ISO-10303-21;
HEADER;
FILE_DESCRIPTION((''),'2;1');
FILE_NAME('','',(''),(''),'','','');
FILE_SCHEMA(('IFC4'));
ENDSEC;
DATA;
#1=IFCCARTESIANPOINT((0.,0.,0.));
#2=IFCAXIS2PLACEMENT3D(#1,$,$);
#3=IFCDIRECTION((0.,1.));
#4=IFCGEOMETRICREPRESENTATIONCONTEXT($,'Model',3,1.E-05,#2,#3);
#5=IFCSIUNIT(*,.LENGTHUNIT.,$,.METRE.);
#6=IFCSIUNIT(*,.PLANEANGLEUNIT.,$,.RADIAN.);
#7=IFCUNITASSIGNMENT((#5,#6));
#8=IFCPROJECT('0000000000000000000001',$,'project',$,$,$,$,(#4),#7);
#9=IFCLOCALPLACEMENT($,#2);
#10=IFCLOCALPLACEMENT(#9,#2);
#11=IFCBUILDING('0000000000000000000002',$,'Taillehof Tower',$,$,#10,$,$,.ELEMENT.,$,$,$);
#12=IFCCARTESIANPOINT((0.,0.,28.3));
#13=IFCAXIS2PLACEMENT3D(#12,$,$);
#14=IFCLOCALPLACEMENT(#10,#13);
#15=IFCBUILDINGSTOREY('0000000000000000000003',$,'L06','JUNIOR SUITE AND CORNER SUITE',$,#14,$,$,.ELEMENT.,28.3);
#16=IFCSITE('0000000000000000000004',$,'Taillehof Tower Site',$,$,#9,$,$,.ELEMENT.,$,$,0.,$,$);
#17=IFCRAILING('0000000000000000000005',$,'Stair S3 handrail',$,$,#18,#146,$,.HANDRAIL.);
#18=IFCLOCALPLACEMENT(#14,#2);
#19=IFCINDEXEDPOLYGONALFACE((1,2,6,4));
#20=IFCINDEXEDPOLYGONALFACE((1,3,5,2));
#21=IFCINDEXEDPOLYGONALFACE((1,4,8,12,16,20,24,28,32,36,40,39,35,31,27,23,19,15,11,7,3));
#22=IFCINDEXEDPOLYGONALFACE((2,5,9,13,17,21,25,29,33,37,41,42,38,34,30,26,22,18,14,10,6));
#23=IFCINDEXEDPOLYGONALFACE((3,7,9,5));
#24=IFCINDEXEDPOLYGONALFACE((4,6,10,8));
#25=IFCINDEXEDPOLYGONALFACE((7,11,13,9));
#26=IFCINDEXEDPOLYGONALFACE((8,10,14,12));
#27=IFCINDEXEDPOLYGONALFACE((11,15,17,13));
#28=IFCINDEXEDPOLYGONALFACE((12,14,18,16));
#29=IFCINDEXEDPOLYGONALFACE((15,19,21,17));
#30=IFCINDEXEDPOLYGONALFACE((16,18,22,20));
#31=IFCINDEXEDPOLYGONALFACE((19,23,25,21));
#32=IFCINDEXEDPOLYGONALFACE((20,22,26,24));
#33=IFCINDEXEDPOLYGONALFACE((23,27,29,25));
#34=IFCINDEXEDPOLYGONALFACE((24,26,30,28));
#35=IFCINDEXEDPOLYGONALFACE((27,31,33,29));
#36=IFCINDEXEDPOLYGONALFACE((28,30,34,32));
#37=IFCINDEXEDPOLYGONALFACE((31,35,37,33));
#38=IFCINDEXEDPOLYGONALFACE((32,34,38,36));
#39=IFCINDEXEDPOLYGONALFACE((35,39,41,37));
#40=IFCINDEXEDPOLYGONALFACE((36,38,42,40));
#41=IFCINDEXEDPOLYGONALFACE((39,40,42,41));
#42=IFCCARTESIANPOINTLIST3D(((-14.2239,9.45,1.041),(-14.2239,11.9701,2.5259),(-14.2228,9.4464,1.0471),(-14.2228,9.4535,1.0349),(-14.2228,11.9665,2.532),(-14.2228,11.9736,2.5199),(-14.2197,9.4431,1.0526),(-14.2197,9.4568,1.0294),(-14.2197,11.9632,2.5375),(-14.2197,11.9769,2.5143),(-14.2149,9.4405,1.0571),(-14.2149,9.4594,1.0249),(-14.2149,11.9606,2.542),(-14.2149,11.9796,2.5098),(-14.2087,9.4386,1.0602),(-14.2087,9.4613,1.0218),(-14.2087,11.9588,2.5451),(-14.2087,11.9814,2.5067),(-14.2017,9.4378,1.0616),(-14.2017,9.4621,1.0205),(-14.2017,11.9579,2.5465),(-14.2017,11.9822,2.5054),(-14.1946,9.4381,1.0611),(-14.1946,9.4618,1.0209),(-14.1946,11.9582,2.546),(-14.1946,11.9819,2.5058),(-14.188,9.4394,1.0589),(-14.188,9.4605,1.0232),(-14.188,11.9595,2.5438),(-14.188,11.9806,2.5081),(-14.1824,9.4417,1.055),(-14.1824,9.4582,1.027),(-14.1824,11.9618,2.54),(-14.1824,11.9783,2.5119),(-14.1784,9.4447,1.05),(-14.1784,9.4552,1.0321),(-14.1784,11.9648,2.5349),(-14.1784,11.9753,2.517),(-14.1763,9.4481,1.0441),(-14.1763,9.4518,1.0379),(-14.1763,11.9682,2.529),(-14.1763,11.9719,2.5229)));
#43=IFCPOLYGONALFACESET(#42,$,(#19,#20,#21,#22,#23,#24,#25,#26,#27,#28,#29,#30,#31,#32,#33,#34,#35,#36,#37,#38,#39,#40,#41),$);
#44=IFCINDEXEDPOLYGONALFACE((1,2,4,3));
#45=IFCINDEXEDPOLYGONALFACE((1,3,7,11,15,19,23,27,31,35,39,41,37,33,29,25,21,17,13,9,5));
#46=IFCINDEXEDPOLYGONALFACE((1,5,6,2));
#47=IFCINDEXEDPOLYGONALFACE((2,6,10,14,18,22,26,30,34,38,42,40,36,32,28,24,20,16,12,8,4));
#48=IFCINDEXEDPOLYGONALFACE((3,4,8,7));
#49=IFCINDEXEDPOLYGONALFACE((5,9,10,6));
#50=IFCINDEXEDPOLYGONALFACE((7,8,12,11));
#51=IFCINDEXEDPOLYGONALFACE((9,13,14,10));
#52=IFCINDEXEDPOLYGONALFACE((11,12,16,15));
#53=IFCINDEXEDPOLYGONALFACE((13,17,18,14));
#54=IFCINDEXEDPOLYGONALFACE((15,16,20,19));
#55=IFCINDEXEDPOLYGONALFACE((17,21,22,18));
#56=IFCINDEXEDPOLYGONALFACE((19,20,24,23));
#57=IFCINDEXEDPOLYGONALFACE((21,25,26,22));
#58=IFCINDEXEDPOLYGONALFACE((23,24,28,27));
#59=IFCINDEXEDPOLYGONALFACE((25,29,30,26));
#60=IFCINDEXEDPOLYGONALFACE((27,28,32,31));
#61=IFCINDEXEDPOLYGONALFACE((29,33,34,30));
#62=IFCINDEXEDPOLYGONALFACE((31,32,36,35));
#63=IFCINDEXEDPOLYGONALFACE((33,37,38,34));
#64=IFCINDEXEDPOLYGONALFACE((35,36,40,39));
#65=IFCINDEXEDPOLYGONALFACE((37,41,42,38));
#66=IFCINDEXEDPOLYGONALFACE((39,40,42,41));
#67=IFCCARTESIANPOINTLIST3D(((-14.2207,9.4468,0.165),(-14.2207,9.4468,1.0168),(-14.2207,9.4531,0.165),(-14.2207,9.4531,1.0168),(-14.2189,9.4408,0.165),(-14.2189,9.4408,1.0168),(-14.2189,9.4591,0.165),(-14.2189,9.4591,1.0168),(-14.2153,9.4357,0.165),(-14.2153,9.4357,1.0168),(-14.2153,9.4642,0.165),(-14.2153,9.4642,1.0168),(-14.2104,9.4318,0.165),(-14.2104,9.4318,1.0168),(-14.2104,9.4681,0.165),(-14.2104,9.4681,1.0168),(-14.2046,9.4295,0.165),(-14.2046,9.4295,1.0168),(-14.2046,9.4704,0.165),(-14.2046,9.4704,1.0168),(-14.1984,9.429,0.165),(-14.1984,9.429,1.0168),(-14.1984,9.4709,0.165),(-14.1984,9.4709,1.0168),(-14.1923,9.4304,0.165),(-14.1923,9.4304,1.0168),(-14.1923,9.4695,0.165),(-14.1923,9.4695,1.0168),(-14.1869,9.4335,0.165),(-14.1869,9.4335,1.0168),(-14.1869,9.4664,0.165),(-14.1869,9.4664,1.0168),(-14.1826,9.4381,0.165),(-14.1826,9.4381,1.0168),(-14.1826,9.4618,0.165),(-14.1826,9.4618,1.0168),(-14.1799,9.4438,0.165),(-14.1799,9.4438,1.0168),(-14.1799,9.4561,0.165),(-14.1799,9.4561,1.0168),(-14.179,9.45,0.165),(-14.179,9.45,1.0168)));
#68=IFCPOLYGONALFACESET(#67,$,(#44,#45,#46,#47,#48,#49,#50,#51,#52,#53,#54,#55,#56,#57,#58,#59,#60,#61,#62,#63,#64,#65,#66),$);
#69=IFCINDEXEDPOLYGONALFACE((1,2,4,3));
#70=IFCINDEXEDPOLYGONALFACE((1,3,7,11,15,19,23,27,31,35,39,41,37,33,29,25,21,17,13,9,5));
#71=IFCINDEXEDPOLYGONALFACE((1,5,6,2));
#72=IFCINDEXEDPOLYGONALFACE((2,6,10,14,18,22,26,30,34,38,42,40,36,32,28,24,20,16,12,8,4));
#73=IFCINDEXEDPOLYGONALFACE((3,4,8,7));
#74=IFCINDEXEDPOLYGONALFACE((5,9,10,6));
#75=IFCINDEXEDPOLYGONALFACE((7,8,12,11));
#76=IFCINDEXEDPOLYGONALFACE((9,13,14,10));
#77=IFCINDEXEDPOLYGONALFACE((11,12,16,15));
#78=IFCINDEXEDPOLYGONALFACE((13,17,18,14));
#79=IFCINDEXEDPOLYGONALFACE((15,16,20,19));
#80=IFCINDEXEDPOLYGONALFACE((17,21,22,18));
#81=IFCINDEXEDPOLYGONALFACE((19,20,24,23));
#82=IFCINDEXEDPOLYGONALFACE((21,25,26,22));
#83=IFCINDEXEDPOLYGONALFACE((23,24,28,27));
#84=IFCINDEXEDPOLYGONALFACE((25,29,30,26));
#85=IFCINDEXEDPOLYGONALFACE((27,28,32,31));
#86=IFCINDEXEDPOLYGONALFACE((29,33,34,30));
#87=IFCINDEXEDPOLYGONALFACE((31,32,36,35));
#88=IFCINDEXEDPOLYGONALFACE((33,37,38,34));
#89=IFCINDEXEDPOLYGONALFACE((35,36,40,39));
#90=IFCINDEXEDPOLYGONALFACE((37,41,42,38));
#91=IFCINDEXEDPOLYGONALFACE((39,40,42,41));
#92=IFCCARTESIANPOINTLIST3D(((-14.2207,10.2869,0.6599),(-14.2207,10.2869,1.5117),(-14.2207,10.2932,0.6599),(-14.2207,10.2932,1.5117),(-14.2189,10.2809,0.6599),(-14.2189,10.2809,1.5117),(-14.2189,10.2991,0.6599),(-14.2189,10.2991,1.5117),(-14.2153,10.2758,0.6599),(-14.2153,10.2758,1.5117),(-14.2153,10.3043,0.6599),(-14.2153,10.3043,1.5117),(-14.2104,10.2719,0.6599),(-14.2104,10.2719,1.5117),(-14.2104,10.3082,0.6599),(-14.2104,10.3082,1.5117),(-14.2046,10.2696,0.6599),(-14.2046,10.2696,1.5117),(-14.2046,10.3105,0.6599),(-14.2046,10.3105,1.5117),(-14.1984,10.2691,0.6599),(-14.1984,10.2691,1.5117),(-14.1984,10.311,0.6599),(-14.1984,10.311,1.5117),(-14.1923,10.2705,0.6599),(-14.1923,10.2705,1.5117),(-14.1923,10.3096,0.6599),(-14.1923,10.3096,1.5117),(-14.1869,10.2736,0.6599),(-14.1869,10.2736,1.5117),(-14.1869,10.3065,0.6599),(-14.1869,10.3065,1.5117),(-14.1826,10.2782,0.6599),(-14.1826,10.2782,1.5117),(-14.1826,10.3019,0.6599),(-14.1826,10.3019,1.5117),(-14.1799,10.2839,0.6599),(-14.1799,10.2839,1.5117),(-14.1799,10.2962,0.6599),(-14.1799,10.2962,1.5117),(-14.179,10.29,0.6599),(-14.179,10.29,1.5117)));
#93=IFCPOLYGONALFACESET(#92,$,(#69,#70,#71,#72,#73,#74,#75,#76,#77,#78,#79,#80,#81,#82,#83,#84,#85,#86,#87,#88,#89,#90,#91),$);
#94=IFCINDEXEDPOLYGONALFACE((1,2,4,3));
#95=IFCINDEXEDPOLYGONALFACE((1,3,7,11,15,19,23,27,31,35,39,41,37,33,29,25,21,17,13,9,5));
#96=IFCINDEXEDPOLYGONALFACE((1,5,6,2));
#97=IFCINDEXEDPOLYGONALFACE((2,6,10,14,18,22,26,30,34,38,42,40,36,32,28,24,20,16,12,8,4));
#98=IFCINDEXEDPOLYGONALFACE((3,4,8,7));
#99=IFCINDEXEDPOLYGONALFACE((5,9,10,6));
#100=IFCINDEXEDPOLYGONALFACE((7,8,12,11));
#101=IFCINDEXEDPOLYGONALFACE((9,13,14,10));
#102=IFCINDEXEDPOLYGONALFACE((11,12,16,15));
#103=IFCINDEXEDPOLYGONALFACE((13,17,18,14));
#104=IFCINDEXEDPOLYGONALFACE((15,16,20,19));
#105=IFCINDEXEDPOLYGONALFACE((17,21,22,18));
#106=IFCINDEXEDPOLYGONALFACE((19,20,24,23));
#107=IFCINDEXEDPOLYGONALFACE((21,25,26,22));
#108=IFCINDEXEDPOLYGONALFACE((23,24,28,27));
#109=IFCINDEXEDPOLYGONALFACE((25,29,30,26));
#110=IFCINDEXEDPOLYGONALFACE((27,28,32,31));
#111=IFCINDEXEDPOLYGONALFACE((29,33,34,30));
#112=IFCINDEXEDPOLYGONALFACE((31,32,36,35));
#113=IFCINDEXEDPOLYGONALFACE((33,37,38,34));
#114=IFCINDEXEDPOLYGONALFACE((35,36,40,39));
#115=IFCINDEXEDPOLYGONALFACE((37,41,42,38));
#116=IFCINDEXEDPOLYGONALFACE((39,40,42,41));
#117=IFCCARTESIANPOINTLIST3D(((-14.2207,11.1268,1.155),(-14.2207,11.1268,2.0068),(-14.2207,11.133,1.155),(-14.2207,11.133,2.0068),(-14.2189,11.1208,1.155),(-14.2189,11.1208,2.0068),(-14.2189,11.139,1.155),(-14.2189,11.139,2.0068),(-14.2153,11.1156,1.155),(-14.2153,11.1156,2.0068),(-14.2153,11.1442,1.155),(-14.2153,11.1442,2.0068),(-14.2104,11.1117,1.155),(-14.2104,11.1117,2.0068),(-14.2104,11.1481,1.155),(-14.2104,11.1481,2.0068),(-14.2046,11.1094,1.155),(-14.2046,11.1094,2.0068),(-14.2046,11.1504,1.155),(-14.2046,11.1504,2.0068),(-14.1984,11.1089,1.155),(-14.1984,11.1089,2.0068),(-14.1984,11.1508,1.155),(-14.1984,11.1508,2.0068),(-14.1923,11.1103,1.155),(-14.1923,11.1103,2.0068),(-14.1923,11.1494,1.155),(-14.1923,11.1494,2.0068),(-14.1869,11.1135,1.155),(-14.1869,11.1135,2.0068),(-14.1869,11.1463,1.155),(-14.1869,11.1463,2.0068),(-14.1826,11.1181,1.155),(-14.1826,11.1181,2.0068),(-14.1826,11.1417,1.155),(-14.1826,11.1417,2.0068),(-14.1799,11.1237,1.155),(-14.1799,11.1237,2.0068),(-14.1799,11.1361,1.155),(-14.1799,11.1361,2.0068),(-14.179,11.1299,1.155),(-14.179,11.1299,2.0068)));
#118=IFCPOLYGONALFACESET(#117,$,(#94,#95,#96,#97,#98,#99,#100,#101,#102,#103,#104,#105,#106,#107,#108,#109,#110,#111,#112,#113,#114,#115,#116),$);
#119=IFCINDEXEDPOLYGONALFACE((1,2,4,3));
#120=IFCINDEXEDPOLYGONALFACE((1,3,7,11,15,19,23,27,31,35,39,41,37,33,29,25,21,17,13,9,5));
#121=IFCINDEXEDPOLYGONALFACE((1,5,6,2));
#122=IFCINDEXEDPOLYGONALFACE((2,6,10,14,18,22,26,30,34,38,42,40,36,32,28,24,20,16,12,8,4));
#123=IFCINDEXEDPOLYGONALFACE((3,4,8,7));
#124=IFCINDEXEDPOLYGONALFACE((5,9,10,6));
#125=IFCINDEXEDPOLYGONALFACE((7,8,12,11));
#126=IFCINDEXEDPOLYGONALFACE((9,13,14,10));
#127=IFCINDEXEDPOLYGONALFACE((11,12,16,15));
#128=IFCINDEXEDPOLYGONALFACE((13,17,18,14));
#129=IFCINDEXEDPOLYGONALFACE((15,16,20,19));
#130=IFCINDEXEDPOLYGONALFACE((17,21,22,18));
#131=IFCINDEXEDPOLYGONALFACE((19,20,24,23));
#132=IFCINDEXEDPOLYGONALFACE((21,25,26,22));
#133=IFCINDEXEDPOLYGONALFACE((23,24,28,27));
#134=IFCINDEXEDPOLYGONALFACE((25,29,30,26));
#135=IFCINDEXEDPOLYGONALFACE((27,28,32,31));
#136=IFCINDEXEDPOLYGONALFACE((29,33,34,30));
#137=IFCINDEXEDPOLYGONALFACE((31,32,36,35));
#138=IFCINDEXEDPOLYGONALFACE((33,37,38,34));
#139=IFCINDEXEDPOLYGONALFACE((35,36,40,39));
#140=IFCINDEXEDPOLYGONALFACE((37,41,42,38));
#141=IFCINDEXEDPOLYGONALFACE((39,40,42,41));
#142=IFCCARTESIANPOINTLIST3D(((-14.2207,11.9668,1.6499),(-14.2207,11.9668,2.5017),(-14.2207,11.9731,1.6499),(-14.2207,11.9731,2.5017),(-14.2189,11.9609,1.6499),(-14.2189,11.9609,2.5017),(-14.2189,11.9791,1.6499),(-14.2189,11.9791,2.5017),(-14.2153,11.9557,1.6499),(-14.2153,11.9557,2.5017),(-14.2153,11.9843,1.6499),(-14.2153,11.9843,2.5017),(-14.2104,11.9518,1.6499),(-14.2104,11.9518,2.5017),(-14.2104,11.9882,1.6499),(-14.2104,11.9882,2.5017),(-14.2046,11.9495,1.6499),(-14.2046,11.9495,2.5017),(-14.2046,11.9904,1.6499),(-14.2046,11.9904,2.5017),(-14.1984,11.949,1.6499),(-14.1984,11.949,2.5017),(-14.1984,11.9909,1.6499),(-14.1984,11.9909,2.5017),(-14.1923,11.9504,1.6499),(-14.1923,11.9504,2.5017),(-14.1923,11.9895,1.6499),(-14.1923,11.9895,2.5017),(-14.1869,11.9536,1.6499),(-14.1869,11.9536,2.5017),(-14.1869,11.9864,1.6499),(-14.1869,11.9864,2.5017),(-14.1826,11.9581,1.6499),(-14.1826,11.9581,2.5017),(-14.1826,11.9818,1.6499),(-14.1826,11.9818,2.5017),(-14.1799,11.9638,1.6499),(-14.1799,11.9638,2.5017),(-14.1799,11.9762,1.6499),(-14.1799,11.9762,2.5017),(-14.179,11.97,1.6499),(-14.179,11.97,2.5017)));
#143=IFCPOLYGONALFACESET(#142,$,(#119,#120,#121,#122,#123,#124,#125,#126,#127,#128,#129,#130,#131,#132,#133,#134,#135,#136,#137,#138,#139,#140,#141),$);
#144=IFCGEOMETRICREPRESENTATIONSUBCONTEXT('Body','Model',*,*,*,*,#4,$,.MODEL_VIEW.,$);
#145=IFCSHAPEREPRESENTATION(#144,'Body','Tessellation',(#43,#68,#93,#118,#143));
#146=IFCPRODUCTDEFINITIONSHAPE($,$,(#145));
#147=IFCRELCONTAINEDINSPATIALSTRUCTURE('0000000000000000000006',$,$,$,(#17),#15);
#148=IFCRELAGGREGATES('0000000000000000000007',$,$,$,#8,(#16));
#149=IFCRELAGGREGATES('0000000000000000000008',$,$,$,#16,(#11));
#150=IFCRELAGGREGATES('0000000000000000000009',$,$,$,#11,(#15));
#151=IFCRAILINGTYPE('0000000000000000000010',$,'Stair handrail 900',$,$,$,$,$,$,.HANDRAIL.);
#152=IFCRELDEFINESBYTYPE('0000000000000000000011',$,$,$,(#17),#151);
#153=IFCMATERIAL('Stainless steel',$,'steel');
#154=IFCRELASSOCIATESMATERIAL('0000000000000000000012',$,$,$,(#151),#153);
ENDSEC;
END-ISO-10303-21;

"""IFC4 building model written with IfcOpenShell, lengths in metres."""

from ifc_helpers import new_model, si_unit, direction, frame, origin, origin_2d, place, context, subcontext, project, spatial, circle, extrude, material, type_object, element, save


model = new_model("IFC4")

# Units and contexts
model_context = context("Model", 3, precision=1e-05, world=origin(), true_north=direction((0.0, 1.0)))
body_context = subcontext(model_context, "Body", "Model", "MODEL_VIEW")
ifc_project = project(units=[si_unit("LENGTHUNIT", "METRE"), si_unit("PLANEANGLEUNIT", "RADIAN")], contexts=[model_context])

# Site, building, storey
site_placement = place(None, origin())
site = spatial("IfcSite", under=ifc_project, at=site_placement, Name="Taillehof Tower Site", CompositionType="ELEMENT", RefElevation=0.0)
building_placement = place(site_placement, origin())
building = spatial("IfcBuilding", under=site, at=building_placement, Name="Taillehof Tower", CompositionType="ELEMENT")
storey_placement = place(building_placement, frame((0.0, 0.0, 28.3)))
storey = spatial("IfcBuildingStorey", under=building, at=storey_placement, Name="L06", Description="JUNIOR SUITE AND CORNER SUITE", CompositionType="ELEMENT", Elevation=28.3)

# Railing
ifc_material_1 = material(Name="Stainless steel", Category="steel")
railing_type = type_object("IfcRailingType", Name="Stair handrail 900", PredefinedType="HANDRAIL", material=ifc_material_1)
railing_placement = place(storey_placement, frame((-14.2, 9.45, 0.165)))
element("IfcRailing", 1, at=railing_placement, inside=storey, type_object=railing_type, Name="Stair S3 handrail", PredefinedType="HANDRAIL", context=body_context, shape_type="SweptSolid", body=[
    extrude(circle(Radius=0.0239, at=origin_2d()), frame((0.0, 0.0, 0.876), z_axis=(0.0, 0.861561, 0.507655), x_axis=(-1.0, 0.0, 0.0)), (0.0, 0.0, 1.0), 2.925),
    extrude(circle(Radius=0.021, at=origin_2d()), origin(), (0.0, 0.0, 1.0), 0.8518),
    extrude(circle(Radius=0.021, at=origin_2d()), frame((0.0, 0.8401, 0.4949)), (0.0, 0.0, 1.0), 0.8518),
    extrude(circle(Radius=0.021, at=origin_2d()), frame((0.0, 1.6799, 0.99)), (0.0, 0.0, 1.0), 0.8518),
    extrude(circle(Radius=0.021, at=origin_2d()), frame((0.0, 2.52, 1.4849)), (0.0, 0.0, 1.0), 0.8518),
])

save(model, "model.ifc")
